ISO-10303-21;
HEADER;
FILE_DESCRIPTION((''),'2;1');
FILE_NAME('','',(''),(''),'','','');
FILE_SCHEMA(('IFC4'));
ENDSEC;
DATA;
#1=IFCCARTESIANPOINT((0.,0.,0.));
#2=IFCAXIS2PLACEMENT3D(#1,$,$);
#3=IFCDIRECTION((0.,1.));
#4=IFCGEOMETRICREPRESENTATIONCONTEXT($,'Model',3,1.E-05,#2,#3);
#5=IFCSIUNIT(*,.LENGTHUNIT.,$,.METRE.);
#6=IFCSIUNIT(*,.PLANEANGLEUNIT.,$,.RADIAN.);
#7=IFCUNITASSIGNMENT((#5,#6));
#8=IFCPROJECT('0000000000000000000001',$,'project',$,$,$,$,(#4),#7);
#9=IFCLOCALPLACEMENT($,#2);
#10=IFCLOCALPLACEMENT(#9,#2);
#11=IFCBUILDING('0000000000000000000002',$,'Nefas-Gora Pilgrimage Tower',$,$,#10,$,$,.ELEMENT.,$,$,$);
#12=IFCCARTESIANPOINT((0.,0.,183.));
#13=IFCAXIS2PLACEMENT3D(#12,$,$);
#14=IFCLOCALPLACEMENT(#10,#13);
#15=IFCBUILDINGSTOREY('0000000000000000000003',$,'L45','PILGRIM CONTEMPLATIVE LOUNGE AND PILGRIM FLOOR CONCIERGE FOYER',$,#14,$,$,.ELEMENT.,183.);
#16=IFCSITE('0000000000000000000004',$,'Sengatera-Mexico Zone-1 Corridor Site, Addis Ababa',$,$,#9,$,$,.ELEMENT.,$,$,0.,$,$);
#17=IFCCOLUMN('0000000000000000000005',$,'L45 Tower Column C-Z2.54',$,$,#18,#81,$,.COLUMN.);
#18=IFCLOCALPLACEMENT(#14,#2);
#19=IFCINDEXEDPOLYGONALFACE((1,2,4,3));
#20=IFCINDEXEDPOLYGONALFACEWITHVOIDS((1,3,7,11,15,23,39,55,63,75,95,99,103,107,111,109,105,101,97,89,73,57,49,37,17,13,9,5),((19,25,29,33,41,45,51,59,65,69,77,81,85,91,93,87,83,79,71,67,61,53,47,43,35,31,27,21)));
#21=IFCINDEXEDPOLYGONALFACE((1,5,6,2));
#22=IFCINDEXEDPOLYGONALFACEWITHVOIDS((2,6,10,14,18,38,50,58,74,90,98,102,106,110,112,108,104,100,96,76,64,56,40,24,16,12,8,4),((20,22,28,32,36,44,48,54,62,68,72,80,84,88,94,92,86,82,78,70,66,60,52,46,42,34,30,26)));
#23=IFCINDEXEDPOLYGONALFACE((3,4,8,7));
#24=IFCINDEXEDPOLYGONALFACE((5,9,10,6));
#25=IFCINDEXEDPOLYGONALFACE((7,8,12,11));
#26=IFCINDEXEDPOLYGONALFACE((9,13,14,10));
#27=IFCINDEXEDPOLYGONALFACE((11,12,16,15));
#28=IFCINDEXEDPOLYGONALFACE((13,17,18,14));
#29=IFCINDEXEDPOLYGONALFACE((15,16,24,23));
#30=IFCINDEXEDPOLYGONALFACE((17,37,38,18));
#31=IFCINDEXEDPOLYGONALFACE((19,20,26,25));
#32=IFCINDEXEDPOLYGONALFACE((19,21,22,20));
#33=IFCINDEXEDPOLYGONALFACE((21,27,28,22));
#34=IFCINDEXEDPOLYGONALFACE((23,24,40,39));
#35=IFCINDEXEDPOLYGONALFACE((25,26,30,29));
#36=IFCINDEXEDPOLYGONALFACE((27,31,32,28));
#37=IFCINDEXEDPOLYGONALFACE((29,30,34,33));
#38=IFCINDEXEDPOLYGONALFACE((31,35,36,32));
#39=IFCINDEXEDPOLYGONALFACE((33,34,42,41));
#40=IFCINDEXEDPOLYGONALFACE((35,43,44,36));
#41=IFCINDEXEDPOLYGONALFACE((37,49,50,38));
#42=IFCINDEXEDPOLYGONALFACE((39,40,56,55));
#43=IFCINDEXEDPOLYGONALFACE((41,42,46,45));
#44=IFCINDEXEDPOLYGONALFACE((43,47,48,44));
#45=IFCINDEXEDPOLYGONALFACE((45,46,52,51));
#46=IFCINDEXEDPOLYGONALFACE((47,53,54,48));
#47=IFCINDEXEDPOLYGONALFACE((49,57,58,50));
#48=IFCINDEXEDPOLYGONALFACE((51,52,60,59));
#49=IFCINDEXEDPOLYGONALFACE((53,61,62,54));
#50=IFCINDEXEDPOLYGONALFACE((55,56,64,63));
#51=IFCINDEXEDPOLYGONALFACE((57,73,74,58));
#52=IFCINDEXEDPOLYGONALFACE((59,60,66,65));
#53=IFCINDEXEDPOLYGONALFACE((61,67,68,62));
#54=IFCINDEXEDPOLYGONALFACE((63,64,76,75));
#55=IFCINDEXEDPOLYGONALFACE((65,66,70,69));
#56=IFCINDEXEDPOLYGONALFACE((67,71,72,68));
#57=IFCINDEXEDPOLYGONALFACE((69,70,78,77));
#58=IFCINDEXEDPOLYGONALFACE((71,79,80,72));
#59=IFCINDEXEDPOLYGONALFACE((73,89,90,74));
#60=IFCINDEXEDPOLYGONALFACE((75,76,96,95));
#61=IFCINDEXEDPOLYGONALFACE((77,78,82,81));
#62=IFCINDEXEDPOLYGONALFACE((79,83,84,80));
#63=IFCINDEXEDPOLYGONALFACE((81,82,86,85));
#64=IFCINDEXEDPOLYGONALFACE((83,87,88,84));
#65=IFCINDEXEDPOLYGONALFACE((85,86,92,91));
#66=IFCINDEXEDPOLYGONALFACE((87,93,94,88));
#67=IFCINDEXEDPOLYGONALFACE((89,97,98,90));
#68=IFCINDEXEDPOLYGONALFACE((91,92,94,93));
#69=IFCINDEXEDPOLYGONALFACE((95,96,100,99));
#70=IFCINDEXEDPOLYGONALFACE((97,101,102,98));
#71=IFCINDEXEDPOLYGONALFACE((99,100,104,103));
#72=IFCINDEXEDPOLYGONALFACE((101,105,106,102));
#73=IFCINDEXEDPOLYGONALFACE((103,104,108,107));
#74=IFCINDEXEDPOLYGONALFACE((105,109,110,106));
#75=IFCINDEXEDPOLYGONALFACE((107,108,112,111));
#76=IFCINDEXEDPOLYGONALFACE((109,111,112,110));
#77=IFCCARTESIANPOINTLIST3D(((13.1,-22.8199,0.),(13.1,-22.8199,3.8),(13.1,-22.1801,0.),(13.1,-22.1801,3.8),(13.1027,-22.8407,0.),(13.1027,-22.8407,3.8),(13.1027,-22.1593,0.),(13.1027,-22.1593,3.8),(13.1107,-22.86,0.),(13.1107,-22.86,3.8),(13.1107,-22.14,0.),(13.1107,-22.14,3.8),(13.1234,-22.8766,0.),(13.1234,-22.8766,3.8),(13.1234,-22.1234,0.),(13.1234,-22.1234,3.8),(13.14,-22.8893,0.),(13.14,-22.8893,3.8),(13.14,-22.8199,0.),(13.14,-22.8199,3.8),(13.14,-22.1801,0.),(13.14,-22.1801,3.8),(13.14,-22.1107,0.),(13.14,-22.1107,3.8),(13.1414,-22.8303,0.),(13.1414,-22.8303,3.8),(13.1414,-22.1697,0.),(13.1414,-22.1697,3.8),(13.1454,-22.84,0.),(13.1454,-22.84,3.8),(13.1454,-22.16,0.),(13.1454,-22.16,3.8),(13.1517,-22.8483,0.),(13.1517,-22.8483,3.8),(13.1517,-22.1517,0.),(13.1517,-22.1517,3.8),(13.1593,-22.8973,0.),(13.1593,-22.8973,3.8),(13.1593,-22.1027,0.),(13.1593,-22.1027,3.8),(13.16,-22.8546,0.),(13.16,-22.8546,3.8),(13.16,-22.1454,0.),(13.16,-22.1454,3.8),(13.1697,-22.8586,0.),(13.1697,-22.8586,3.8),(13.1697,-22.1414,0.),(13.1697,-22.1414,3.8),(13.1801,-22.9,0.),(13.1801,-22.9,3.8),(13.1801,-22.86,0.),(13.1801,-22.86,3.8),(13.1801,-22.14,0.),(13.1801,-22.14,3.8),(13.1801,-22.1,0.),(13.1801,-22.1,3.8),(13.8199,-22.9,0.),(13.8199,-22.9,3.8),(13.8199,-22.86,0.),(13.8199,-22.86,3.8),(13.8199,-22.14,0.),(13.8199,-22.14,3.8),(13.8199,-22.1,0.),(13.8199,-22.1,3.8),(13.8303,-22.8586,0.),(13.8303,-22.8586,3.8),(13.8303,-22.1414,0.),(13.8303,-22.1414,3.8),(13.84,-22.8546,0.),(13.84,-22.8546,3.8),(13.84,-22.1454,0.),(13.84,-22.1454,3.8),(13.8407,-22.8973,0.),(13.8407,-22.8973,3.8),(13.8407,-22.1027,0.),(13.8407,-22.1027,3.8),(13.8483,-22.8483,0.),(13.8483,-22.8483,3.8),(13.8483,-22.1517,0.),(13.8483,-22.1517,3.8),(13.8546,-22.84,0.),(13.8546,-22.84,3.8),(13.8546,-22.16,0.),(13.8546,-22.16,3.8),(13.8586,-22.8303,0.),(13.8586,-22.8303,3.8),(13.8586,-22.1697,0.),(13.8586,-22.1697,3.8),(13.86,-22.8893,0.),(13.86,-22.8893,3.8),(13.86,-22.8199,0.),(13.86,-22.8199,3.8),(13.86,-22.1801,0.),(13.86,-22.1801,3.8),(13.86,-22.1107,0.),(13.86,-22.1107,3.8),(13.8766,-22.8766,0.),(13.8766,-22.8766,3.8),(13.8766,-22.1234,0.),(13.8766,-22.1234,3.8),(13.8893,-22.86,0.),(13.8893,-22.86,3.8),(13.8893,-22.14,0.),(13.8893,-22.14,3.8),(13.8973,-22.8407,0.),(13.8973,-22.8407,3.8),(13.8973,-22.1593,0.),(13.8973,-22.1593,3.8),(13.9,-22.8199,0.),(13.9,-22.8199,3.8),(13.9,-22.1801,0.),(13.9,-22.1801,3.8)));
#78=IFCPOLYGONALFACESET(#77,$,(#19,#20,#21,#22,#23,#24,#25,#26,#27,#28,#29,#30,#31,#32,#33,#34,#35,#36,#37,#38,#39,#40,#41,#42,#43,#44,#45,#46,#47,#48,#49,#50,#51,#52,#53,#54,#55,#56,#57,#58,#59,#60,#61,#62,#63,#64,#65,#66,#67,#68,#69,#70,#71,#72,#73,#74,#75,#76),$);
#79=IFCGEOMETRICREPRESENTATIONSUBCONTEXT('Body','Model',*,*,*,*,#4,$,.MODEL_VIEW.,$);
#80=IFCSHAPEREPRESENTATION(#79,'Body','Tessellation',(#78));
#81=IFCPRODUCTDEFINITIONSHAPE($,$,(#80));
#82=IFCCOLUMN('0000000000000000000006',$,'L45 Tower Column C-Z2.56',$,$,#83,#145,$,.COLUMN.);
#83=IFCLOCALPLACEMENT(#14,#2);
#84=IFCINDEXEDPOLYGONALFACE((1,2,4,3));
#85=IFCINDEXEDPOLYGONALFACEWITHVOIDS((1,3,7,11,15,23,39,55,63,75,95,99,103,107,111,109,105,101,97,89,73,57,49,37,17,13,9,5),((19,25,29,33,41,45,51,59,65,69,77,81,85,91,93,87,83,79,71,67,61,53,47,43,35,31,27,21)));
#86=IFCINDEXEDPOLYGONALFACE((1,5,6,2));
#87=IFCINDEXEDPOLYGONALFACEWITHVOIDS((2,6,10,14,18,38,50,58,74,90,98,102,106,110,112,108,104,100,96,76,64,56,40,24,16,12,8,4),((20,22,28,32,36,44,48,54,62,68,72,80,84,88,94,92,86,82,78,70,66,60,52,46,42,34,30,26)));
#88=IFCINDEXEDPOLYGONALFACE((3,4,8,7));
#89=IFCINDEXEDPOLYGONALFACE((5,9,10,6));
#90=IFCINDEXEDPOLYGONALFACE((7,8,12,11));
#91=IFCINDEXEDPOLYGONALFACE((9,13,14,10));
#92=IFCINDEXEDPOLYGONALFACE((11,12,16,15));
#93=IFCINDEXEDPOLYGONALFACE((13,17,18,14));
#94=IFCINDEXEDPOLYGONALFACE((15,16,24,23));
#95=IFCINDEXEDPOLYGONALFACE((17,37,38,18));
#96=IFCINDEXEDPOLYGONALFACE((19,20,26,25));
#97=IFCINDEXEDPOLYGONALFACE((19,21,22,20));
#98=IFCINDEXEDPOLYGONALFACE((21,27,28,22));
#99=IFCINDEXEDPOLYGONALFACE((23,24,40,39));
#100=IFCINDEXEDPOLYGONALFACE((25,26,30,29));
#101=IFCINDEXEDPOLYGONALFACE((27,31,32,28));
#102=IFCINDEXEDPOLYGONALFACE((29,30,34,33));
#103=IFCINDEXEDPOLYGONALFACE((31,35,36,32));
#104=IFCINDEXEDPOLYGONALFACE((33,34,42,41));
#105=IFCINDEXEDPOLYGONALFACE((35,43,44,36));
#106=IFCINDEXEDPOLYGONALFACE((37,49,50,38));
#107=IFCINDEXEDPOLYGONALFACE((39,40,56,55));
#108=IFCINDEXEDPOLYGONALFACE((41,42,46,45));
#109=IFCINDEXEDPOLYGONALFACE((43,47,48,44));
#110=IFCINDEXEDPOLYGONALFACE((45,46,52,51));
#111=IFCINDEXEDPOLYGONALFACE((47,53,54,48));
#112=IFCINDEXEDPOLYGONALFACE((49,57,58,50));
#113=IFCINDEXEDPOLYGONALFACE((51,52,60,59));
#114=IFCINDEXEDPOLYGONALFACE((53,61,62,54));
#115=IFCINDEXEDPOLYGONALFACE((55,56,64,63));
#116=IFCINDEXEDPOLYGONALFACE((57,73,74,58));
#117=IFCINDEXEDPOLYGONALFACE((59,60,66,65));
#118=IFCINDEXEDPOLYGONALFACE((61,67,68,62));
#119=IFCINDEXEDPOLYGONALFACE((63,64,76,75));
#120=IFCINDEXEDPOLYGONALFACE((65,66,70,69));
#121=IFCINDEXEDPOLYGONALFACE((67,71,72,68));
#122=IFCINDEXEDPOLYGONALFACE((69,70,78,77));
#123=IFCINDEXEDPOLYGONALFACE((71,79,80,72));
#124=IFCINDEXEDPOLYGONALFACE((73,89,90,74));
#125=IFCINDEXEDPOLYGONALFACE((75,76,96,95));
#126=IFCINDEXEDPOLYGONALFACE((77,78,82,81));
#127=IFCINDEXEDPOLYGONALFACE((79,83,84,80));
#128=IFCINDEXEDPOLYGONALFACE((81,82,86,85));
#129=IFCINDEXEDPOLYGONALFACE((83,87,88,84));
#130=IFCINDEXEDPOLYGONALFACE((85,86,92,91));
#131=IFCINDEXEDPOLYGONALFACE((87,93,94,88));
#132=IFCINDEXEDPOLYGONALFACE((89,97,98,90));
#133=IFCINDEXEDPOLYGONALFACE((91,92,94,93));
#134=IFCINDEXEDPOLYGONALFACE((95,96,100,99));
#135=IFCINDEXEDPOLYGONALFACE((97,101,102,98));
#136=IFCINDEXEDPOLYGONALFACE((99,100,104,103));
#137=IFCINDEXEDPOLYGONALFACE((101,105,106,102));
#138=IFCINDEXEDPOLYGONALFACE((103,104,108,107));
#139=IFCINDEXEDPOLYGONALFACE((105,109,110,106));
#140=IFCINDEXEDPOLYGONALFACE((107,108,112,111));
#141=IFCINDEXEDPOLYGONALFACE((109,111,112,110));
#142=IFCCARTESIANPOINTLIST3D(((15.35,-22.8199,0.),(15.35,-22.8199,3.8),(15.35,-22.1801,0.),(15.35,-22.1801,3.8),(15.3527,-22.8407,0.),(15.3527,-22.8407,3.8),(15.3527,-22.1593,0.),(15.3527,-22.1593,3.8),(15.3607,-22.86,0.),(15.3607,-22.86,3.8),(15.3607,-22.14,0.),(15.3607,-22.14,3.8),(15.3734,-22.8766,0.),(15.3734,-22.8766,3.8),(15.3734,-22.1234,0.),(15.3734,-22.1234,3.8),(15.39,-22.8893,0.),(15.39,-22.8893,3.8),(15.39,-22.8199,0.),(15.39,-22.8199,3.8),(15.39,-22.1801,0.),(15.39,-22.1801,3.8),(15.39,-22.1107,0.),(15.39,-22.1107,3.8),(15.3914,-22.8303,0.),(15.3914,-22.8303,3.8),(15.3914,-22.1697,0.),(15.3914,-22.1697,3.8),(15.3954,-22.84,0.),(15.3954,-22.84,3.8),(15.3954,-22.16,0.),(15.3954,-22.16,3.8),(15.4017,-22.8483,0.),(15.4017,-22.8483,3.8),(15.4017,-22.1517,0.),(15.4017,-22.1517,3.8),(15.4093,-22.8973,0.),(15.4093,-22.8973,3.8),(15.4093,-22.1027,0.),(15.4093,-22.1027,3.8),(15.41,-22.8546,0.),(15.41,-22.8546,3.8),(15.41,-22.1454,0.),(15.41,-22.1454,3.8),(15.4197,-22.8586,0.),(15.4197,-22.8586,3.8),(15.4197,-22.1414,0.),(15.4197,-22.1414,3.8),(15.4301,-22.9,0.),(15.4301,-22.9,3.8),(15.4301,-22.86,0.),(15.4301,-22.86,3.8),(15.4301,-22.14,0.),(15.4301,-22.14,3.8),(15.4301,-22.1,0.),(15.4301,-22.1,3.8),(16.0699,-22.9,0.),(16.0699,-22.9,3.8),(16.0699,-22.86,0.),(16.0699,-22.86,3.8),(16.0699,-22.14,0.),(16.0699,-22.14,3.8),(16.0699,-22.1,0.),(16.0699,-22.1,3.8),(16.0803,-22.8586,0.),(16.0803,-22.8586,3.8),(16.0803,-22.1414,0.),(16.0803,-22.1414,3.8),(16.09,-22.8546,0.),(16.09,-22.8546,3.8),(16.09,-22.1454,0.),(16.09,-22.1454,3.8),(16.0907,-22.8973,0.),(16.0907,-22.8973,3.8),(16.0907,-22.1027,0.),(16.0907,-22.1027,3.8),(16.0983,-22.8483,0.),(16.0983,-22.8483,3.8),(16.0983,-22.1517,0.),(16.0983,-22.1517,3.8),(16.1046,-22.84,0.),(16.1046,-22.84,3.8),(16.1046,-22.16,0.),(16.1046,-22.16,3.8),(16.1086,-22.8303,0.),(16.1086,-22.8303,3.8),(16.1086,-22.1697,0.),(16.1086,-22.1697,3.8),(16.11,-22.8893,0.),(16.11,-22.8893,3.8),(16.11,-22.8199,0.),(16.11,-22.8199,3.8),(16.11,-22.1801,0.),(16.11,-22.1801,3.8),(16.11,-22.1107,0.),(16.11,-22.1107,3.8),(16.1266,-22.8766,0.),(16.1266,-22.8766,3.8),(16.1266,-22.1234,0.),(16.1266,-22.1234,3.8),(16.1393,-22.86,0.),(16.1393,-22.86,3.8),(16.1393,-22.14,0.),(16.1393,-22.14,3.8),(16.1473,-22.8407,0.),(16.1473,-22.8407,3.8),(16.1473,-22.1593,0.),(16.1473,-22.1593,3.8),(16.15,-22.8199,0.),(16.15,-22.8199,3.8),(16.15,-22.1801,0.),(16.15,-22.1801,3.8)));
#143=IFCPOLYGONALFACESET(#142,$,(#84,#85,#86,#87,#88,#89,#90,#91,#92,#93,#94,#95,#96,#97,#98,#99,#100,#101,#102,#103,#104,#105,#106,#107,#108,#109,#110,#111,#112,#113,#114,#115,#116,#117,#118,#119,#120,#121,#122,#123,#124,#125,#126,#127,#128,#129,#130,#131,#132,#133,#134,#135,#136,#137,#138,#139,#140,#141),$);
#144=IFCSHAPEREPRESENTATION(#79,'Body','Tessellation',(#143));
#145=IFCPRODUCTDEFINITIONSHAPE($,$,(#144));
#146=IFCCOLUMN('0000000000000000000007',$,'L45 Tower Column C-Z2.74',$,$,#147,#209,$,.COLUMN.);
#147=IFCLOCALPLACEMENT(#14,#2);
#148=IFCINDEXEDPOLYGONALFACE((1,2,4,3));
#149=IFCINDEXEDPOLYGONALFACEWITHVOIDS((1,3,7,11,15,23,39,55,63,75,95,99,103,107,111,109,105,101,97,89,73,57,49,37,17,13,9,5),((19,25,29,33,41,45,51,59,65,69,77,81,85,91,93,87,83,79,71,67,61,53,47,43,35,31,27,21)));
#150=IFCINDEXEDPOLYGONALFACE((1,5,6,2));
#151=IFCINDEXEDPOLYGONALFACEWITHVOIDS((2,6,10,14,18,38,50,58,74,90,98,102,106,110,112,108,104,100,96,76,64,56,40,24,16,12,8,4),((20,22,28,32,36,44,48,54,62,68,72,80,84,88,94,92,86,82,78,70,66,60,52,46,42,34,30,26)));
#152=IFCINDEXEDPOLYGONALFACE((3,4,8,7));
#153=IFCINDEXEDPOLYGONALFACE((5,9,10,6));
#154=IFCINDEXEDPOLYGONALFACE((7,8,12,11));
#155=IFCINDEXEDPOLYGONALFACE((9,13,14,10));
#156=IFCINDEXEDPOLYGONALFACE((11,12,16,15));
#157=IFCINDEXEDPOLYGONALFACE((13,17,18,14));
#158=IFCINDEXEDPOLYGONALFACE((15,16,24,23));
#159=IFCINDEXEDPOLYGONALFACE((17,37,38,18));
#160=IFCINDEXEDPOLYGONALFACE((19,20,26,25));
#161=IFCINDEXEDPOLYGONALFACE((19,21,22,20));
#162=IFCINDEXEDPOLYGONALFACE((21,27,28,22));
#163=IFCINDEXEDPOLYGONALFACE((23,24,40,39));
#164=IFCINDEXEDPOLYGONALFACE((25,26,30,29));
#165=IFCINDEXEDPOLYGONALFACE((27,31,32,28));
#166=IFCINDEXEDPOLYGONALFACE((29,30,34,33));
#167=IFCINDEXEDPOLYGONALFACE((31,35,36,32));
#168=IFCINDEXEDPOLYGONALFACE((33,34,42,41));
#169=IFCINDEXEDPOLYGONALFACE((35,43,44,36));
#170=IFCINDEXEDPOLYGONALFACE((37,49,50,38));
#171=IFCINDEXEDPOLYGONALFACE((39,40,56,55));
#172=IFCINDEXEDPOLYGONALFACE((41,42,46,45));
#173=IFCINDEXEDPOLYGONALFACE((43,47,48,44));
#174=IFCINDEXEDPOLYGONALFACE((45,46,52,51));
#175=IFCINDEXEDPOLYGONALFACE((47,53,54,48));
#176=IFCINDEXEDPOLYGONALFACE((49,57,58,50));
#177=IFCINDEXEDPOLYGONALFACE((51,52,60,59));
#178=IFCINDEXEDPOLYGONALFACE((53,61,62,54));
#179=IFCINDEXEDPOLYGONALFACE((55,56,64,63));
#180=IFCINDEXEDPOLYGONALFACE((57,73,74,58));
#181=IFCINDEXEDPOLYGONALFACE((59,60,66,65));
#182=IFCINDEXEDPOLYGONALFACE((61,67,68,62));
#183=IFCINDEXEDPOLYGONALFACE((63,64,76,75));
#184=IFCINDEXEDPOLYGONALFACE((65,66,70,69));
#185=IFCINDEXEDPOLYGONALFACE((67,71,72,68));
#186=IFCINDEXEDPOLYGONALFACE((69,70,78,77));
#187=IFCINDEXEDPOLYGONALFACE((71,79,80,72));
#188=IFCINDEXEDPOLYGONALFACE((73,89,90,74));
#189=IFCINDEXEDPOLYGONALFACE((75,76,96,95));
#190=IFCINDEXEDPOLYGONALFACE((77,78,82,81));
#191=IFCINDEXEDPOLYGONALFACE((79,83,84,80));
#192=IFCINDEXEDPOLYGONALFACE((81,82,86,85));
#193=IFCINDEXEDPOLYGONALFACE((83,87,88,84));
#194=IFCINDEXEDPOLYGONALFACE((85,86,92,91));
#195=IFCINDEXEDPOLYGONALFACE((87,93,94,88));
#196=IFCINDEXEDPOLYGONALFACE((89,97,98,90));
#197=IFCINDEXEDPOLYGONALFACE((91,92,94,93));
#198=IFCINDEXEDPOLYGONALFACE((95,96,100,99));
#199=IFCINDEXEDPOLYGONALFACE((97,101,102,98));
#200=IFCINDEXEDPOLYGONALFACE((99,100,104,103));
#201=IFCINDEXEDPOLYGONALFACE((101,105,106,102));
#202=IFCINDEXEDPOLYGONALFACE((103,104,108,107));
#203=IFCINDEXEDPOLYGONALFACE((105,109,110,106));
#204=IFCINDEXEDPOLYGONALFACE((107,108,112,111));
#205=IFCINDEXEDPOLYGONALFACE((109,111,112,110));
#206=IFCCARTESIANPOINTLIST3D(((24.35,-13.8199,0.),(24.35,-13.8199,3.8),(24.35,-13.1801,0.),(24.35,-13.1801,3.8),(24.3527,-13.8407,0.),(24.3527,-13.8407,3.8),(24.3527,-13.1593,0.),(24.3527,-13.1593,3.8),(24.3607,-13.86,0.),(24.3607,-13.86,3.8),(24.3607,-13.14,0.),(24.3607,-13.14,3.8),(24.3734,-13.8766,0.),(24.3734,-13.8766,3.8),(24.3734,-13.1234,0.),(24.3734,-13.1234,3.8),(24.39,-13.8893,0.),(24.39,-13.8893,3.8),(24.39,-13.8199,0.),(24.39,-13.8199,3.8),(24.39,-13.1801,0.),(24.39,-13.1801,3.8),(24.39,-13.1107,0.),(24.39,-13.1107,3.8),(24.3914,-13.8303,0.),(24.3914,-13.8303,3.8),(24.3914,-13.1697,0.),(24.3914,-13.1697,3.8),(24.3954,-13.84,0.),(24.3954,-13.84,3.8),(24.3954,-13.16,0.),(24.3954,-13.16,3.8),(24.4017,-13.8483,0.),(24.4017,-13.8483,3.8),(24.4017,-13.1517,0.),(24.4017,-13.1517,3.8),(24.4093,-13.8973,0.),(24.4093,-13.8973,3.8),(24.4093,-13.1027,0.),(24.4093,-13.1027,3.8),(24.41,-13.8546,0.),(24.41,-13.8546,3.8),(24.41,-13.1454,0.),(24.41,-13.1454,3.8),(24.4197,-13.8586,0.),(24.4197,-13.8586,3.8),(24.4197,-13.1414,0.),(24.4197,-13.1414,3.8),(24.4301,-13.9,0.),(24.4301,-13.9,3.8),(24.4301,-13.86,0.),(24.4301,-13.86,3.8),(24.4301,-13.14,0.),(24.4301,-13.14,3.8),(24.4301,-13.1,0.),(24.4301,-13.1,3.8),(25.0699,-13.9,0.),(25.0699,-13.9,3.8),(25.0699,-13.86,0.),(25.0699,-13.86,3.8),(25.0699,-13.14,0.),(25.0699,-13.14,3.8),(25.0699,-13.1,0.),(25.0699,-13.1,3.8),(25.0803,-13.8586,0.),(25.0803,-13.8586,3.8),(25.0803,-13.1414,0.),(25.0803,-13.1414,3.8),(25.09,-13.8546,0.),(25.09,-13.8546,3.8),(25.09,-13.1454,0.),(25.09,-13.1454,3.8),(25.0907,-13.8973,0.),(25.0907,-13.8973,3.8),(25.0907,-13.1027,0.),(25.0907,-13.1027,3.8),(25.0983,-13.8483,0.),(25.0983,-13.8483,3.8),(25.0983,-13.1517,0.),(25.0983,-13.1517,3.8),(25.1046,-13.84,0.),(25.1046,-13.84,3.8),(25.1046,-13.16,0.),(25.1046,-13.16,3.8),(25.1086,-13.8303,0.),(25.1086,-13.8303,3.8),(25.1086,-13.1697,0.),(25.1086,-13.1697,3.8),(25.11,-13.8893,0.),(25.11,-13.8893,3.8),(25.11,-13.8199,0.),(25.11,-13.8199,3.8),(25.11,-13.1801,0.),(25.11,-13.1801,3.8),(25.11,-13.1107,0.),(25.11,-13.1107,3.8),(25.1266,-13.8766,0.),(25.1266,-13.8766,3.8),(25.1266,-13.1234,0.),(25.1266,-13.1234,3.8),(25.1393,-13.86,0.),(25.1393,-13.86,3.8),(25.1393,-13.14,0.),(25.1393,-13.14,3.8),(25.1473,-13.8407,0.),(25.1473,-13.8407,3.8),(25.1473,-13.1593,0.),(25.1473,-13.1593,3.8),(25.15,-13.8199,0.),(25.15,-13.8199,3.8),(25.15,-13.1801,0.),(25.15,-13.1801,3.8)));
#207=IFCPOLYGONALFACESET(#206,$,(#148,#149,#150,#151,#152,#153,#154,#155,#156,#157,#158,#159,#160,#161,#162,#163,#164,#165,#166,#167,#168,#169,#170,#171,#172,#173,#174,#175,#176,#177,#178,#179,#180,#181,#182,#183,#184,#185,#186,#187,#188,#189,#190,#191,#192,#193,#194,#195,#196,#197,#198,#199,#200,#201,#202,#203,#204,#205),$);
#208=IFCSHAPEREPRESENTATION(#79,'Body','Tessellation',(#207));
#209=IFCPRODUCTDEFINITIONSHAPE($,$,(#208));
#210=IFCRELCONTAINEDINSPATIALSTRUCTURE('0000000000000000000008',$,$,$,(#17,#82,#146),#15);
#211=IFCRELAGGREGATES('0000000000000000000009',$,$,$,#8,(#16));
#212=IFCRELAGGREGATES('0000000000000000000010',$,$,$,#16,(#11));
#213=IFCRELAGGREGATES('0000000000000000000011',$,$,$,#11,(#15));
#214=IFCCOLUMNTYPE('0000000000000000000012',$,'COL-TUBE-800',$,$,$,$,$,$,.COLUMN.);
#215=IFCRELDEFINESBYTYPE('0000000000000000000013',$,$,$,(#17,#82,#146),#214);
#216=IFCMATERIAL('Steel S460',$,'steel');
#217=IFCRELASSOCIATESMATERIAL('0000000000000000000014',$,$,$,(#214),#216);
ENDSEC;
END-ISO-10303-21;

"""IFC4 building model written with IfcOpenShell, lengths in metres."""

from ifc_helpers import new_model, si_unit, direction, frame, origin, origin_2d, place, context, subcontext, project, spatial, hollow_rectangle, extrude, source, transform, mapped, material, material_profile, profile_set, type_object, element, save


model = new_model("IFC4")

# Units and contexts
model_context = context("Model", 3, precision=1e-05, world=origin(), true_north=direction((0.0, 1.0)))
body_context = subcontext(model_context, "Body", "Model", "MODEL_VIEW")
ifc_project = project(units=[si_unit("LENGTHUNIT", "METRE"), si_unit("PLANEANGLEUNIT", "RADIAN")], contexts=[model_context])

# Site, building, storey
site_placement = place(None, origin())
site = spatial("IfcSite", under=ifc_project, at=site_placement, Name="Sengatera-Mexico Zone-1 Corridor Site, Addis Ababa", CompositionType="ELEMENT", RefElevation=0.0)
building_placement = place(site_placement, origin())
building = spatial("IfcBuilding", under=site, at=building_placement, Name="Nefas-Gora Pilgrimage Tower", CompositionType="ELEMENT")
storey_placement = place(building_placement, frame((0.0, 0.0, 183.0)))
storey = spatial("IfcBuildingStorey", under=building, at=storey_placement, Name="L45", Description="PILGRIM CONTEMPLATIVE LOUNGE AND PILGRIM FLOOR CONCIERGE FOYER", CompositionType="ELEMENT", Elevation=183.0)

# Columns
ifc_material_1 = material(Name="Steel S460", Category="steel")
ifc_material_profile_1 = material_profile(ifc_material_1, hollow_rectangle(XDim=0.8, YDim=0.8, WallThickness=0.04, InnerFilletRadius=0.04, OuterFilletRadius=0.0801, at=origin_2d()), Name="BOX 800x800x40")
ifc_profile_set_1 = profile_set([ifc_material_profile_1], Name="Steel S460")
column_type_1 = type_object("IfcColumnType", Name="COL-TUBE-800", PredefinedType="COLUMN", material=ifc_profile_set_1)
shared_shape_1 = source(origin(), body_context, "Body", "SweptSolid", [
    extrude(hollow_rectangle(XDim=0.8, YDim=0.8, WallThickness=0.04, InnerFilletRadius=0.04, OuterFilletRadius=0.0801, at=origin_2d()), origin(), (0.0, 0.0, 1.0), 3.8),
])
for number, where, z_axis, x_axis, name in (
    (1, (13.5, -22.5, 0.0), (0.0, 0.0, 1.0), (1.0, 0.0, 0.0), "L45 Tower Column C-Z2.54"),
    (2, (15.75, -22.5, 0.0), (0.0, 0.0, 1.0), (1.0, 0.0, 0.0), "L45 Tower Column C-Z2.56"),
    (3, (24.75, -13.5, 0.0), (0.0, 0.0, 1.0), (1.0, 0.0, 0.0), "L45 Tower Column C-Z2.74"),
):
    element("IfcColumn", number, at=place(storey_placement, frame(where, z_axis=z_axis, x_axis=x_axis)), inside=storey, type_object=column_type_1, Name=name, PredefinedType="COLUMN", context=body_context, shape_type="MappedRepresentation", body=[
        mapped(shared_shape_1, transform((0.0, 0.0, 0.0), x_axis=(1.0, 0.0, 0.0), y_axis=(0.0, 1.0, 0.0), z_axis=(0.0, 0.0, 1.0), scale=1.0)),
    ])

save(model, "model.ifc")
